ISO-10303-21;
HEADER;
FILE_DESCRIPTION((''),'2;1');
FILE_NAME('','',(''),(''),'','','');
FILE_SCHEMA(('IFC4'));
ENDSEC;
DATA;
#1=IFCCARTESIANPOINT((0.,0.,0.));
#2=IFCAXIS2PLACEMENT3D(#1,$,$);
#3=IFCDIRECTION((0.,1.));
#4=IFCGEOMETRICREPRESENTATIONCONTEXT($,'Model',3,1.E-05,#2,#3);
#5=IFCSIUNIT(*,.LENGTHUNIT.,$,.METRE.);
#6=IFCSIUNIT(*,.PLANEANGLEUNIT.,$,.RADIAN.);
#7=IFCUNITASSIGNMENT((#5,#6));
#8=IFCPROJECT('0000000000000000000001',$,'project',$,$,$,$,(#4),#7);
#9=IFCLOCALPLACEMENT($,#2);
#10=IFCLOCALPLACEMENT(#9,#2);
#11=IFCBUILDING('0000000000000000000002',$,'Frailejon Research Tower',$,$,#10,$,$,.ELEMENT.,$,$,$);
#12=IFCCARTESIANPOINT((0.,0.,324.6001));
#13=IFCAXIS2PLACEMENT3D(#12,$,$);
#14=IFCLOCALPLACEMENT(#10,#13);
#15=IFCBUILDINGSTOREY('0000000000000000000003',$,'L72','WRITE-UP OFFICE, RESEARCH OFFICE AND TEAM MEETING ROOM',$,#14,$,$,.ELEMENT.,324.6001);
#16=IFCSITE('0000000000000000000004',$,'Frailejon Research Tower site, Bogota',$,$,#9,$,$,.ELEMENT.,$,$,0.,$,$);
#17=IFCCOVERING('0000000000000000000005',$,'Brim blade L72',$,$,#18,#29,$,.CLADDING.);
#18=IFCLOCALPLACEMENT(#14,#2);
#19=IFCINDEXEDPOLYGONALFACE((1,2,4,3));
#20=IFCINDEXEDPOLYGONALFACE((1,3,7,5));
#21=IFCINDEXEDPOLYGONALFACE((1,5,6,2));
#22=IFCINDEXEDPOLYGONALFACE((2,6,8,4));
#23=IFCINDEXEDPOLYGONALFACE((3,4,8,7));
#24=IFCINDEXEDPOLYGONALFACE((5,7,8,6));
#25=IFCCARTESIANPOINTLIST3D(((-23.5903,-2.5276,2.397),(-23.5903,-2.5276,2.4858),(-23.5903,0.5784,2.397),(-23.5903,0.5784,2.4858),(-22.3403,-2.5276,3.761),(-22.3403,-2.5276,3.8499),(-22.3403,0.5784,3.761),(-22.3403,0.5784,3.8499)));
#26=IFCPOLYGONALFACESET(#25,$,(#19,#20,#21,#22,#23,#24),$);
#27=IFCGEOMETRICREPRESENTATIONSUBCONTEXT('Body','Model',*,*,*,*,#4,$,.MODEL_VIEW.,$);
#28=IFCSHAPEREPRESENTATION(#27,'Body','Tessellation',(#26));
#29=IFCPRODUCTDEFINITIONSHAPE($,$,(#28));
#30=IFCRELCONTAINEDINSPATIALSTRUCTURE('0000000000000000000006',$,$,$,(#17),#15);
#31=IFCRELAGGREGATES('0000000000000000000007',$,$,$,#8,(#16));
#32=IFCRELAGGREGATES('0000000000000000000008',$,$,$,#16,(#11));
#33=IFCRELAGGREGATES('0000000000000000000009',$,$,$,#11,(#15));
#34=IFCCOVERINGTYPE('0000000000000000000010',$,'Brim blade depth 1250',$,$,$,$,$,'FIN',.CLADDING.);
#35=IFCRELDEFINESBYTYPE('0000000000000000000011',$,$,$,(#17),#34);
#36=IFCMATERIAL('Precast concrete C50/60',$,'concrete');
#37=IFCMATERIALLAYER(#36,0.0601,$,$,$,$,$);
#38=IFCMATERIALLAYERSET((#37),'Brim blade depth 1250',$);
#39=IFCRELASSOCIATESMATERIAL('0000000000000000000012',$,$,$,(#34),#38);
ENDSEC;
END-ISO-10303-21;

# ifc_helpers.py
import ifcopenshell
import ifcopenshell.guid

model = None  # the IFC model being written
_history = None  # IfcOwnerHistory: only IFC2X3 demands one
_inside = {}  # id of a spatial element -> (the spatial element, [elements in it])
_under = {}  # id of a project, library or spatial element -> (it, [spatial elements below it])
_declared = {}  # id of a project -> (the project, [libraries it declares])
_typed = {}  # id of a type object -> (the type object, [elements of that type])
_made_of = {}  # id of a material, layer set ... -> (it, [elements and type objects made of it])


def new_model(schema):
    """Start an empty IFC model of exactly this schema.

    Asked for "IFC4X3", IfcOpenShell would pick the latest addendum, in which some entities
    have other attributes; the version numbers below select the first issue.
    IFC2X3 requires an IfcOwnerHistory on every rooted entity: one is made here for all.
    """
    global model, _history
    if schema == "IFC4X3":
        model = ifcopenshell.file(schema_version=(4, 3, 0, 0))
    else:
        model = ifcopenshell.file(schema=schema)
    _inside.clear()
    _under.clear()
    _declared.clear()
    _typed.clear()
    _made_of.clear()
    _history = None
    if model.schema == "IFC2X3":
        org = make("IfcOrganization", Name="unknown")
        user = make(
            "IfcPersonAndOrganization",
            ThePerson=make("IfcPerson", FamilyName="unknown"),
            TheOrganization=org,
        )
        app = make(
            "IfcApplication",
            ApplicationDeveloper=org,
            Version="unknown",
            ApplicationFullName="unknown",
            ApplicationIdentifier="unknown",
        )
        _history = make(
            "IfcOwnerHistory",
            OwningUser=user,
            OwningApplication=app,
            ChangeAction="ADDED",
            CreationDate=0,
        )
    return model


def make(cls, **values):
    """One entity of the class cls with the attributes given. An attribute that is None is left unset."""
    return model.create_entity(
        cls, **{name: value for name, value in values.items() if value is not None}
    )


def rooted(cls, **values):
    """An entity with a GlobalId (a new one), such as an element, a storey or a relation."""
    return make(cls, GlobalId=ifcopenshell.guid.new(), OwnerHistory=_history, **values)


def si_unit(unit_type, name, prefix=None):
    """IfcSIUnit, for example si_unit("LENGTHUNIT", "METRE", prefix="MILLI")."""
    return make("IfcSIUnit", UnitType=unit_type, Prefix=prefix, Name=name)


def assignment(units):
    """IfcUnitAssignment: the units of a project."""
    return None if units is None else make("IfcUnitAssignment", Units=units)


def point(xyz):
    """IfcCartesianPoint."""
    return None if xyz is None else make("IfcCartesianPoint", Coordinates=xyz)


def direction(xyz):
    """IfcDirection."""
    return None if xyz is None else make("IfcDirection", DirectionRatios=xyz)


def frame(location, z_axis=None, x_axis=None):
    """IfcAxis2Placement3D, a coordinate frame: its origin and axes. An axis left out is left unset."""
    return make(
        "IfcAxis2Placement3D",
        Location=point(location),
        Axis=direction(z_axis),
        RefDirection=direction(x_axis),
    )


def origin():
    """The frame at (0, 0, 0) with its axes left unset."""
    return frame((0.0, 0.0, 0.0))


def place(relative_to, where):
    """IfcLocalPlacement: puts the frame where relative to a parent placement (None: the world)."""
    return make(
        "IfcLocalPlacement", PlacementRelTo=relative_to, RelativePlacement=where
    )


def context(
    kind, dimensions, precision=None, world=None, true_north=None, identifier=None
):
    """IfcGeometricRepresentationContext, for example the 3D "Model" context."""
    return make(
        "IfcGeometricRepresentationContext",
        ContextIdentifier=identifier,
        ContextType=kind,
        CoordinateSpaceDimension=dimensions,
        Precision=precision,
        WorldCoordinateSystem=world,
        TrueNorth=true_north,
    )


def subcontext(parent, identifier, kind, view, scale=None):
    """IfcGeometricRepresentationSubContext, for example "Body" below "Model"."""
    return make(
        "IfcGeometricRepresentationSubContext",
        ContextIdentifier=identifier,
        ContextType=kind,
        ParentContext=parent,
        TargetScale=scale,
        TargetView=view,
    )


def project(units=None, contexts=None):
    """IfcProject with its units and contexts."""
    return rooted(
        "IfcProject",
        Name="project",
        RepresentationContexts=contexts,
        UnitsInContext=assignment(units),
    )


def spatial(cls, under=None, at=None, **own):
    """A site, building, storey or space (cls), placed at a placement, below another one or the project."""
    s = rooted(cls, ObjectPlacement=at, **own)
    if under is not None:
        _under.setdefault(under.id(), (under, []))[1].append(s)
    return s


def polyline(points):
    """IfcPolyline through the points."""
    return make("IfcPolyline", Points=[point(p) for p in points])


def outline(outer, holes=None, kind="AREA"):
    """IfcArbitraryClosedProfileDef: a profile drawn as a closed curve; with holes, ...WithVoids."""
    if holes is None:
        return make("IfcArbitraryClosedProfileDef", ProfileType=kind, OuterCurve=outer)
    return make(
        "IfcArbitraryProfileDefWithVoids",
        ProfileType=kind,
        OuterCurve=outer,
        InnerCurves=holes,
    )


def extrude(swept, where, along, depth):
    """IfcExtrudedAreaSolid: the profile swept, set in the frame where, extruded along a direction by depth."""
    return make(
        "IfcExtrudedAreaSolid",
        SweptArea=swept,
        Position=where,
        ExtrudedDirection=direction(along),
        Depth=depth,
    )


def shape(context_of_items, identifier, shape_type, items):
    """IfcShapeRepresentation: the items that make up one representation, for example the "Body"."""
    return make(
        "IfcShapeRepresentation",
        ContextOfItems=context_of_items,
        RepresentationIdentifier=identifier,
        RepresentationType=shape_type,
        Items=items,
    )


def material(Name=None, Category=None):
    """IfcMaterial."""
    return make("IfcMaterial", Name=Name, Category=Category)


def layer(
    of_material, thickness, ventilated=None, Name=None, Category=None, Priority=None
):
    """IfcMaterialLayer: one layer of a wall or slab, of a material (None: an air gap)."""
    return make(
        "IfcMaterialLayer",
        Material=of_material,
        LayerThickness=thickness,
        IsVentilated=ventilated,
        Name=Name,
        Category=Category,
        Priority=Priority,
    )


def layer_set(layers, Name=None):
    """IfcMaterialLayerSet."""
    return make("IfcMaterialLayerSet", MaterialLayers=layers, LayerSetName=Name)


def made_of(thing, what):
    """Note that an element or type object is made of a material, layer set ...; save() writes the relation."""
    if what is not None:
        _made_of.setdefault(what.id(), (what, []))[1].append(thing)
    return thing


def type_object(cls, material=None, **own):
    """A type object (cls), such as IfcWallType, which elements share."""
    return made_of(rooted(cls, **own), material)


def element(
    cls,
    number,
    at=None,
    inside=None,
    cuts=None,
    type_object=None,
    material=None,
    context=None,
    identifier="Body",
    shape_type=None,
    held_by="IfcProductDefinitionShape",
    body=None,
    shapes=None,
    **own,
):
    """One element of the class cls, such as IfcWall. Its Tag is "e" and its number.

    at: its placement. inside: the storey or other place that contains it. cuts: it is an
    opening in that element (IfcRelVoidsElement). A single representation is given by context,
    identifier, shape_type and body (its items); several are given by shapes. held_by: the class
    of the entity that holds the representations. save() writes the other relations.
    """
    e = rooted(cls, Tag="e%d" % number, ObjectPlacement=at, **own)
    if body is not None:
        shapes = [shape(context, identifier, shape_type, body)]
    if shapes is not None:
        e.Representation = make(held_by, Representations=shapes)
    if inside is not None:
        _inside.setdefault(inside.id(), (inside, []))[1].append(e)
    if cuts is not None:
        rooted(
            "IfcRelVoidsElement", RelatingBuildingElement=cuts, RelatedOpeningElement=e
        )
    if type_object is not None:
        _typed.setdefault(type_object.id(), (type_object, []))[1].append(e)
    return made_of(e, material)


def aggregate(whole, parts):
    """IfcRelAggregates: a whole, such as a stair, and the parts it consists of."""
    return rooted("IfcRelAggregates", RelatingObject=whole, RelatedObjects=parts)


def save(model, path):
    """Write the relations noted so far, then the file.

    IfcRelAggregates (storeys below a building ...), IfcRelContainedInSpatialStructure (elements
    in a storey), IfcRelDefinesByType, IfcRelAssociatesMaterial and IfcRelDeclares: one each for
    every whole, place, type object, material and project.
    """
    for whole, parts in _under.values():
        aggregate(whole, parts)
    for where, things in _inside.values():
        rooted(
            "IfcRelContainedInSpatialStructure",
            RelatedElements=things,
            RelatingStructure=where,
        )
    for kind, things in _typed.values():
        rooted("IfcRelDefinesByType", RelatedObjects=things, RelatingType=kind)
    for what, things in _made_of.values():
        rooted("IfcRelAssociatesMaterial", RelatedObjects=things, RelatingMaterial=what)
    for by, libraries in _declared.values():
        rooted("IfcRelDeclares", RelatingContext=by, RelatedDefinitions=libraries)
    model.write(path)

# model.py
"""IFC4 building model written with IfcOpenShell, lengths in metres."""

from ifc_helpers import new_model, si_unit, direction, frame, origin, place, context, subcontext, project, spatial, polyline, outline, extrude, material, layer, layer_set, type_object, element, save


model = new_model("IFC4")

# Units and contexts
model_context = context("Model", 3, precision=1e-05, world=origin(), true_north=direction((0.0, 1.0)))
body_context = subcontext(model_context, "Body", "Model", "MODEL_VIEW")
ifc_project = project(units=[si_unit("LENGTHUNIT", "METRE"), si_unit("PLANEANGLEUNIT", "RADIAN")], contexts=[model_context])

# Site, building, storey
site_placement = place(None, origin())
site = spatial("IfcSite", under=ifc_project, at=site_placement, Name="Frailejon Research Tower site, Bogota", CompositionType="ELEMENT", RefElevation=0.0)
building_placement = place(site_placement, origin())
building = spatial("IfcBuilding", under=site, at=building_placement, Name="Frailejon Research Tower", CompositionType="ELEMENT")
storey_placement = place(building_placement, frame((0.0, 0.0, 324.6001)))
storey = spatial("IfcBuildingStorey", under=building, at=storey_placement, Name="L72", Description="WRITE-UP OFFICE, RESEARCH OFFICE AND TEAM MEETING ROOM", CompositionType="ELEMENT", Elevation=324.6001)

# Covering
ifc_material_1 = material(Name="Precast concrete C50/60", Category="concrete")
ifc_layer_1 = layer(ifc_material_1, 0.0601)
ifc_layer_set_1 = layer_set([ifc_layer_1], Name="Brim blade depth 1250")
covering_type_1 = type_object("IfcCoveringType", Name="Brim blade depth 1250", ElementType="FIN", PredefinedType="CLADDING", material=ifc_layer_set_1)
covering_placement = place(storey_placement, frame((-22.3403, -2.5276, 3.8499), z_axis=(0.0, 1.0, 0.0), x_axis=(-1.0, 0.0, 0.0)))
element("IfcCovering", 1, at=covering_placement, inside=storey, type_object=covering_type_1, Name="Brim blade L72", PredefinedType="CLADDING", context=body_context, shape_type="SweptSolid", body=[
    extrude(outline(polyline([(0.0, -0.0889), (1.25, -1.4529), (1.25, -1.364), (0.0, 0.0), (0.0, -0.0889)])), origin(), (0.0, 0.0, 1.0), 3.106),
])

save(model, "model.ifc")
